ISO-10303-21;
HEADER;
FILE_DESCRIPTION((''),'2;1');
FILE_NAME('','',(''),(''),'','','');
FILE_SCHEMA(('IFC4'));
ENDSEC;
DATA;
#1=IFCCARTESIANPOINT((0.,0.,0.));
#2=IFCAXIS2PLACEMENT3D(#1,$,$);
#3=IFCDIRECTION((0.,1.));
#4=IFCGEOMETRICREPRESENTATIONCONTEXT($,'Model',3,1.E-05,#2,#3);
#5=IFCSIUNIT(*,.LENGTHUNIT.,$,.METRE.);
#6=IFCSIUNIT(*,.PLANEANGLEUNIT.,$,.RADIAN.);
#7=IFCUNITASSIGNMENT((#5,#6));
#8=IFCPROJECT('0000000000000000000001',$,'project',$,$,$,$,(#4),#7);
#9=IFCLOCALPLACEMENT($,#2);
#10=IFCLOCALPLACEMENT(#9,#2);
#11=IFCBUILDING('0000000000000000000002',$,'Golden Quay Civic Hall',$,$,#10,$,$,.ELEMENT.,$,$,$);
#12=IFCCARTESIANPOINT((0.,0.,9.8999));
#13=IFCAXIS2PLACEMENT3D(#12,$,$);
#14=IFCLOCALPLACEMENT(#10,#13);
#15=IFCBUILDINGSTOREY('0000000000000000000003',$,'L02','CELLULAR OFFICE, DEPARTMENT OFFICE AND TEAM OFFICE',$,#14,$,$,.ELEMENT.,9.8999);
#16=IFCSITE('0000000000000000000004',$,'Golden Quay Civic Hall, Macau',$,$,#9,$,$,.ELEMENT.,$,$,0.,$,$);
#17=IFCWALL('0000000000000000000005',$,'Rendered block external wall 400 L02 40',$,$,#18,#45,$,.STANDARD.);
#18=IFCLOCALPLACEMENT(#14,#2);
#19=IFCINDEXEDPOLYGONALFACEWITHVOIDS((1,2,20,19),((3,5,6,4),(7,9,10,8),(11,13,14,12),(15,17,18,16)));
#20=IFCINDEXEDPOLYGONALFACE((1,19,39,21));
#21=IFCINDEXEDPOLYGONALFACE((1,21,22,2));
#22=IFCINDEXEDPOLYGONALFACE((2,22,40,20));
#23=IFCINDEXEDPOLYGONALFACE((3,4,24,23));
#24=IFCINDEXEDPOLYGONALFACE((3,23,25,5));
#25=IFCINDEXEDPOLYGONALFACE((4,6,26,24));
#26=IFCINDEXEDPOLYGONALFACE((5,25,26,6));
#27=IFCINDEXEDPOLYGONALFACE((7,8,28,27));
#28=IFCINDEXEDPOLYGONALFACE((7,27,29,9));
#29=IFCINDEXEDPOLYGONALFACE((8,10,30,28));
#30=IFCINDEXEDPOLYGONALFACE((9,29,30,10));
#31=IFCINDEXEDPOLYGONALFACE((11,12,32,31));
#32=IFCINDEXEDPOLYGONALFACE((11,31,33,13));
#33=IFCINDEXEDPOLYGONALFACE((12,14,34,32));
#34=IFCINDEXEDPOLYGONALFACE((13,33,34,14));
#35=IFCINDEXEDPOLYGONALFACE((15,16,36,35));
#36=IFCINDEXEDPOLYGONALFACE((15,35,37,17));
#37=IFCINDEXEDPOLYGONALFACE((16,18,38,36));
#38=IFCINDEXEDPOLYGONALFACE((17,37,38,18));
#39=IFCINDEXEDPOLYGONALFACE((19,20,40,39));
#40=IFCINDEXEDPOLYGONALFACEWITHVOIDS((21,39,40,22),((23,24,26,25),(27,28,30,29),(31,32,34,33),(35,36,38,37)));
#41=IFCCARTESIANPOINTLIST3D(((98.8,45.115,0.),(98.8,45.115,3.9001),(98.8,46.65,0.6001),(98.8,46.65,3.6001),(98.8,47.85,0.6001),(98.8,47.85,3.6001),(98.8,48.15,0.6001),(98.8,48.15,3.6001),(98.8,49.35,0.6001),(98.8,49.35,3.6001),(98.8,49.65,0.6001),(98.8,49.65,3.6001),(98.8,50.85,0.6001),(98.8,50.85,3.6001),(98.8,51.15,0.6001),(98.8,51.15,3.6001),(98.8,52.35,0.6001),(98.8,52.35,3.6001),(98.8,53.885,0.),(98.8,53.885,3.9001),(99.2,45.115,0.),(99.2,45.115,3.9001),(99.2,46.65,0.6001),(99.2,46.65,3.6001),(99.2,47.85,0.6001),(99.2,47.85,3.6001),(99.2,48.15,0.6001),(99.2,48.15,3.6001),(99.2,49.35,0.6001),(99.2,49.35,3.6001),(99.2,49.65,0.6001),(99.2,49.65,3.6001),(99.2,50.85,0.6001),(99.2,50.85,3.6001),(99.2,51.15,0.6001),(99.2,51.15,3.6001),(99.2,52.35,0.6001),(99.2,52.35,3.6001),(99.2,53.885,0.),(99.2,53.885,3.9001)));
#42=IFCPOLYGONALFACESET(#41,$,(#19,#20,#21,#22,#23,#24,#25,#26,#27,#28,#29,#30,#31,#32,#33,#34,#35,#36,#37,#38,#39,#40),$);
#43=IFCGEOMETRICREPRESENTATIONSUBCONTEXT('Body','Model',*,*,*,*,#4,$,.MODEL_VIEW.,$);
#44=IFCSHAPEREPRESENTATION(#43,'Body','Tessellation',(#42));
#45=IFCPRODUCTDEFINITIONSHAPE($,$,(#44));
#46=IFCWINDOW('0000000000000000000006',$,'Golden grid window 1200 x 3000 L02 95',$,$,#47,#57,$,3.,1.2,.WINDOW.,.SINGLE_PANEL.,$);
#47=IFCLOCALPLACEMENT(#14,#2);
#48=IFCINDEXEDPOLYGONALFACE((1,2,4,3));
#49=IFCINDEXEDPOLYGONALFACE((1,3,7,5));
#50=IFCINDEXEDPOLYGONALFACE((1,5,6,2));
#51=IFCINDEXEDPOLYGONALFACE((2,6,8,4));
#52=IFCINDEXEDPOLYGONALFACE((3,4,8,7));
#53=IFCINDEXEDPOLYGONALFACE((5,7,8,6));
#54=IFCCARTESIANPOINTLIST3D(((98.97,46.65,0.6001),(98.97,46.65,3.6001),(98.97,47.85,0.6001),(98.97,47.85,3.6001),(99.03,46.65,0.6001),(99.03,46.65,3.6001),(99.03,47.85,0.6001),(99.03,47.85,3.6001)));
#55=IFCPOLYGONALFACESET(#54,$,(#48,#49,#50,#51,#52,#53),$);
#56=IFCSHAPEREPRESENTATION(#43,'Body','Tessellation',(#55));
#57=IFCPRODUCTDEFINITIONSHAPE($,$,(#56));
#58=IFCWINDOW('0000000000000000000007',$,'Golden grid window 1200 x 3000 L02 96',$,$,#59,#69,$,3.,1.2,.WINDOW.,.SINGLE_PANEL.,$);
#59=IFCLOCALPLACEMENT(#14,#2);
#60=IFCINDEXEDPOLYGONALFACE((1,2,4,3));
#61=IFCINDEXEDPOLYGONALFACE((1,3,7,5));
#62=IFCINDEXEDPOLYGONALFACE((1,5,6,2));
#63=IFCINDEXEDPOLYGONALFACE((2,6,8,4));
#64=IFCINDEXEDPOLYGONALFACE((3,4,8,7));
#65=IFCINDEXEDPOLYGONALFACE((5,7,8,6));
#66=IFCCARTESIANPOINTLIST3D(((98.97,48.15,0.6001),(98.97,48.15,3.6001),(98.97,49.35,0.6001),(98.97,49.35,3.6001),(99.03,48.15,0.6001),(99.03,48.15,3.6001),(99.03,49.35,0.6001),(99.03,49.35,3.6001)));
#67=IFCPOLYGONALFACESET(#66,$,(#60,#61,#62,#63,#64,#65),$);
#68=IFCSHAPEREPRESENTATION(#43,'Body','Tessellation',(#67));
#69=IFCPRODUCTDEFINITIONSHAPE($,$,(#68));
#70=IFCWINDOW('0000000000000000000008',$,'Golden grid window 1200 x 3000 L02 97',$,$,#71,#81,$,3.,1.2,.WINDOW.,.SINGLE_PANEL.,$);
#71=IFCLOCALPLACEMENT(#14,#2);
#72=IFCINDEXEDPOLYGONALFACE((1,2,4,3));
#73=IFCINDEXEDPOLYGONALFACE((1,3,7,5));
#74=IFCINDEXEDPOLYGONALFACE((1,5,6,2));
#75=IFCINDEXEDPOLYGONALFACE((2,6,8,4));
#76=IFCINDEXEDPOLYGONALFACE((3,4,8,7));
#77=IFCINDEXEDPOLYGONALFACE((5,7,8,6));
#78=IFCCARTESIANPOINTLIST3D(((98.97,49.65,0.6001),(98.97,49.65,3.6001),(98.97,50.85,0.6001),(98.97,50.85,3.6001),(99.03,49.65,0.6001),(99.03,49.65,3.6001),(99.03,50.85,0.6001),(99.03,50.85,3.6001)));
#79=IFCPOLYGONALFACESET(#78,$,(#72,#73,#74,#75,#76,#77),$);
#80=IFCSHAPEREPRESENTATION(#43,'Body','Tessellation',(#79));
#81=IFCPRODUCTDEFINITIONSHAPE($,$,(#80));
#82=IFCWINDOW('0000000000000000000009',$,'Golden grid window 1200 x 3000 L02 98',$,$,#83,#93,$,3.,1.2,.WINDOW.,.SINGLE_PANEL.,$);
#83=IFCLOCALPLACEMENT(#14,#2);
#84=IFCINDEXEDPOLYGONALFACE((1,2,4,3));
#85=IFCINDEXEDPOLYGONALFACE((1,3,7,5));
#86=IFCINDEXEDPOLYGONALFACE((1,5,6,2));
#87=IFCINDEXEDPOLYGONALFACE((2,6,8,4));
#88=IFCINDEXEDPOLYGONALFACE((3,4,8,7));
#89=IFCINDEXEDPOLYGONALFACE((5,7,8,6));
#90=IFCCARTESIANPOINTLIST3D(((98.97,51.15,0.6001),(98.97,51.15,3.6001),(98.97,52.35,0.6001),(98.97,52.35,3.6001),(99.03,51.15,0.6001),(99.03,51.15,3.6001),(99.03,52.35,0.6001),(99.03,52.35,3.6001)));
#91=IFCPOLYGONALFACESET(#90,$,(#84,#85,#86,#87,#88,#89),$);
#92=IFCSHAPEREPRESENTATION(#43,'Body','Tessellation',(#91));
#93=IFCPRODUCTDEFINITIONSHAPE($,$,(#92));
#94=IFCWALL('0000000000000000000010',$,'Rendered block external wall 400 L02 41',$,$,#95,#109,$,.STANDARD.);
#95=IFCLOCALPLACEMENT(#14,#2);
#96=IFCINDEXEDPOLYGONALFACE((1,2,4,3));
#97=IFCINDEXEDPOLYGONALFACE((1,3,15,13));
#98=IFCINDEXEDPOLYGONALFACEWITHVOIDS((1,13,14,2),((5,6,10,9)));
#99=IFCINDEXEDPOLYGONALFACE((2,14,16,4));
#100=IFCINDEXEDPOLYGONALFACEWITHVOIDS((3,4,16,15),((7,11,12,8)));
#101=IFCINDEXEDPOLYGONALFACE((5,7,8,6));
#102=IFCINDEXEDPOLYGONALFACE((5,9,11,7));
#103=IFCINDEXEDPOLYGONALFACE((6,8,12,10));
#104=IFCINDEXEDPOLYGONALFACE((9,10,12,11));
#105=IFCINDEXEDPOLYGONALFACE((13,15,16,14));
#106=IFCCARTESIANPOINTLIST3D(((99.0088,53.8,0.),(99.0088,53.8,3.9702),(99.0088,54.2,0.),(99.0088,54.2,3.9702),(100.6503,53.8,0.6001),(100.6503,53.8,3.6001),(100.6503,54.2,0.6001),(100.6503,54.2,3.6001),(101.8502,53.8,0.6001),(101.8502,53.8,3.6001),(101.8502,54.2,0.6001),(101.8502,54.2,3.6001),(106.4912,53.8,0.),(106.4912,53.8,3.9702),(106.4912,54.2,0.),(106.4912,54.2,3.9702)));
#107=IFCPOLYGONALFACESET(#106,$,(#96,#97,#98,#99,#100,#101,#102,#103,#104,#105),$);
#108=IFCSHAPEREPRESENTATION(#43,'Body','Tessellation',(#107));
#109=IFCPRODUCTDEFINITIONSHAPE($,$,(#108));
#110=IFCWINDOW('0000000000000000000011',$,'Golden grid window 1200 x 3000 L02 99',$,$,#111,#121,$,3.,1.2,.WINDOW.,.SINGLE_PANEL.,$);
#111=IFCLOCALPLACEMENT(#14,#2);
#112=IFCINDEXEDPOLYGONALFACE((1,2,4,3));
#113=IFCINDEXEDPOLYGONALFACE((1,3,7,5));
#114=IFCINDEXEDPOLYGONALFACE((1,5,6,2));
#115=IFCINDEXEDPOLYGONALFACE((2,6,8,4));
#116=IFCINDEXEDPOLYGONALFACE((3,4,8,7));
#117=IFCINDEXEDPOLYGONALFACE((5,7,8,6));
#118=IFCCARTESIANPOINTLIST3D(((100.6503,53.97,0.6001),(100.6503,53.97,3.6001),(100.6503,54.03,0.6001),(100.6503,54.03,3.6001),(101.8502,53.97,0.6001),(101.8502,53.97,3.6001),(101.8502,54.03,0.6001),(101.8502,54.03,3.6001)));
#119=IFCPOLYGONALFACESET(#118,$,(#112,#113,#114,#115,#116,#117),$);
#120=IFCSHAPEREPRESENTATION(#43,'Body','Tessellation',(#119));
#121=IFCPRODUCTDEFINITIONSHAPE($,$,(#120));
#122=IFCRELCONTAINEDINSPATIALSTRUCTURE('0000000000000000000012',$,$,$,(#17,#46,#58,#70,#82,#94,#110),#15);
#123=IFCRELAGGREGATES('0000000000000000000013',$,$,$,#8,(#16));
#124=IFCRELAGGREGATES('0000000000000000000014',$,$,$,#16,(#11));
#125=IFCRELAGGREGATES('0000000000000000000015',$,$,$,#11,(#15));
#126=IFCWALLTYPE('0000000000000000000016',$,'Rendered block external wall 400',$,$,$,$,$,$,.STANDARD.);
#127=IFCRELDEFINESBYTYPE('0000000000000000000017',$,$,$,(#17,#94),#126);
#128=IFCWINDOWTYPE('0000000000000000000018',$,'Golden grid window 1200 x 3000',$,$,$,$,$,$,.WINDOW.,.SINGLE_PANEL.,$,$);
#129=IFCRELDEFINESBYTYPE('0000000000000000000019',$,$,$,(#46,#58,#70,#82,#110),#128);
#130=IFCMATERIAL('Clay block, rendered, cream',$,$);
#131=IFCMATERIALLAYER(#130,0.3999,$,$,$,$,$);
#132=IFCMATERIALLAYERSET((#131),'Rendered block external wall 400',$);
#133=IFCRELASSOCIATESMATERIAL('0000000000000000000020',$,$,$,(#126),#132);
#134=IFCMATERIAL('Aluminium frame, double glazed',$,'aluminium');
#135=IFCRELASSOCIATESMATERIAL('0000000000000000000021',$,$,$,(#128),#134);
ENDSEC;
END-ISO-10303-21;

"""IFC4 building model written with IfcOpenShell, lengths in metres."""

from ifc_helpers import new_model, si_unit, direction, frame, frame_2d, origin, place, context, subcontext, project, spatial, rectangle, extrude, material, layer, layer_set, type_object, element, fill, save


model = new_model("IFC4")

# Units and contexts
model_context = context("Model", 3, precision=1e-05, world=origin(), true_north=direction((0.0, 1.0)))
body_context = subcontext(model_context, "Body", "Model", "MODEL_VIEW")
ifc_project = project(units=[si_unit("LENGTHUNIT", "METRE"), si_unit("PLANEANGLEUNIT", "RADIAN")], contexts=[model_context])

# Site, building, storey
site_placement = place(None, origin())
site = spatial("IfcSite", under=ifc_project, at=site_placement, Name="Golden Quay Civic Hall, Macau", CompositionType="ELEMENT", RefElevation=0.0)
building_placement = place(site_placement, origin())
building = spatial("IfcBuilding", under=site, at=building_placement, Name="Golden Quay Civic Hall", CompositionType="ELEMENT")
storey_placement = place(building_placement, frame((0.0, 0.0, 9.8999)))
storey = spatial("IfcBuildingStorey", under=building, at=storey_placement, Name="L02", Description="CELLULAR OFFICE, DEPARTMENT OFFICE AND TEAM OFFICE", CompositionType="ELEMENT", Elevation=9.8999)

# Wall, openings, windows
ifc_material_1 = material(Name="Clay block, rendered, cream")
ifc_layer_1 = layer(ifc_material_1, 0.3999)
ifc_layer_set_1 = layer_set([ifc_layer_1], Name="Rendered block external wall 400")
wall_type_1 = type_object("IfcWallType", Name="Rendered block external wall 400", PredefinedType="STANDARD", material=ifc_layer_set_1)
wall_1_placement = place(storey_placement, frame((99.0, 45.115, 0.0), z_axis=(0.0, 0.0, 1.0), x_axis=(0.0, 1.0, 0.0)))
wall_1 = element("IfcWall", 1, at=wall_1_placement, inside=storey, type_object=wall_type_1, Name="Rendered block external wall 400 L02 40", PredefinedType="STANDARD", context=body_context, shape_type="SweptSolid", body=[
    extrude(rectangle(XDim=8.77, YDim=0.3999, at=frame_2d((4.385, 0.0))), origin(), (0.0, 0.0, 1.0), 3.9001),
])
opening_1_placement = place(wall_1_placement, frame((1.5349, 0.0, 0.6001)))
opening_1 = element("IfcOpeningElement", 2, at=opening_1_placement, cuts=wall_1, PredefinedType="OPENING", context=body_context, shape_type="SweptSolid", body=[
    extrude(rectangle(XDim=1.2, YDim=3.0, at=frame_2d((0.6001, 1.5))), frame((0.0, 0.21, 0.0), z_axis=(0.0, -1.0, 0.0), x_axis=(1.0, 0.0, 0.0)), (0.0, 0.0, 1.0), 0.4199),
])
opening_2_placement = place(wall_1_placement, frame((3.0349, 0.0, 0.6001)))
opening_2 = element("IfcOpeningElement", 3, at=opening_2_placement, cuts=wall_1, PredefinedType="OPENING", context=body_context, shape_type="SweptSolid", body=[
    extrude(rectangle(XDim=1.2, YDim=3.0, at=frame_2d((0.6001, 1.5))), frame((0.0, 0.21, 0.0), z_axis=(0.0, -1.0, 0.0), x_axis=(1.0, 0.0, 0.0)), (0.0, 0.0, 1.0), 0.4199),
])
opening_3_placement = place(wall_1_placement, frame((4.5349, 0.0, 0.6001)))
opening_3 = element("IfcOpeningElement", 4, at=opening_3_placement, cuts=wall_1, PredefinedType="OPENING", context=body_context, shape_type="SweptSolid", body=[
    extrude(rectangle(XDim=1.2, YDim=3.0, at=frame_2d((0.6001, 1.5))), frame((0.0, 0.21, 0.0), z_axis=(0.0, -1.0, 0.0), x_axis=(1.0, 0.0, 0.0)), (0.0, 0.0, 1.0), 0.4199),
])
opening_4_placement = place(wall_1_placement, frame((6.0349, 0.0, 0.6001)))
opening_4 = element("IfcOpeningElement", 5, at=opening_4_placement, cuts=wall_1, PredefinedType="OPENING", context=body_context, shape_type="SweptSolid", body=[
    extrude(rectangle(XDim=1.2, YDim=3.0, at=frame_2d((0.6001, 1.5))), frame((0.0, 0.21, 0.0), z_axis=(0.0, -1.0, 0.0), x_axis=(1.0, 0.0, 0.0)), (0.0, 0.0, 1.0), 0.4199),
])
ifc_material_2 = material(Name="Aluminium frame, double glazed", Category="aluminium")
window_type = type_object("IfcWindowType", Name="Golden grid window 1200 x 3000", PartitioningType="SINGLE_PANEL", PredefinedType="WINDOW", material=ifc_material_2)
window_1_placement = place(opening_1_placement, origin())
window_1 = element("IfcWindow", 6, at=window_1_placement, inside=storey, type_object=window_type, Name="Golden grid window 1200 x 3000 L02 95", OverallHeight=3.0, OverallWidth=1.2, PartitioningType="SINGLE_PANEL", PredefinedType="WINDOW", context=body_context, shape_type="SweptSolid", body=[
    extrude(rectangle(XDim=1.2, YDim=3.0, at=frame_2d((0.6001, 1.5))), frame((0.0, 0.03, 0.0), z_axis=(0.0, -1.0, 0.0), x_axis=(1.0, 0.0, 0.0)), (0.0, 0.0, 1.0), 0.0601),
])
fill(opening_1, window_1)
window_2_placement = place(opening_2_placement, origin())
window_2 = element("IfcWindow", 7, at=window_2_placement, inside=storey, type_object=window_type, Name="Golden grid window 1200 x 3000 L02 96", OverallHeight=3.0, OverallWidth=1.2, PartitioningType="SINGLE_PANEL", PredefinedType="WINDOW", context=body_context, shape_type="SweptSolid", body=[
    extrude(rectangle(XDim=1.2, YDim=3.0, at=frame_2d((0.6001, 1.5))), frame((0.0, 0.03, 0.0), z_axis=(0.0, -1.0, 0.0), x_axis=(1.0, 0.0, 0.0)), (0.0, 0.0, 1.0), 0.0601),
])
fill(opening_2, window_2)
window_3_placement = place(opening_3_placement, origin())
window_3 = element("IfcWindow", 8, at=window_3_placement, inside=storey, type_object=window_type, Name="Golden grid window 1200 x 3000 L02 97", OverallHeight=3.0, OverallWidth=1.2, PartitioningType="SINGLE_PANEL", PredefinedType="WINDOW", context=body_context, shape_type="SweptSolid", body=[
    extrude(rectangle(XDim=1.2, YDim=3.0, at=frame_2d((0.6001, 1.5))), frame((0.0, 0.03, 0.0), z_axis=(0.0, -1.0, 0.0), x_axis=(1.0, 0.0, 0.0)), (0.0, 0.0, 1.0), 0.0601),
])
fill(opening_3, window_3)
window_4_placement = place(opening_4_placement, origin())
window_4 = element("IfcWindow", 9, at=window_4_placement, inside=storey, type_object=window_type, Name="Golden grid window 1200 x 3000 L02 98", OverallHeight=3.0, OverallWidth=1.2, PartitioningType="SINGLE_PANEL", PredefinedType="WINDOW", context=body_context, shape_type="SweptSolid", body=[
    extrude(rectangle(XDim=1.2, YDim=3.0, at=frame_2d((0.6001, 1.5))), frame((0.0, 0.03, 0.0), z_axis=(0.0, -1.0, 0.0), x_axis=(1.0, 0.0, 0.0)), (0.0, 0.0, 1.0), 0.0601),
])
fill(opening_4, window_4)

# Wall, opening, window
wall_2_placement = place(storey_placement, frame((99.0088, 54.0, 0.0), z_axis=(0.0, 0.0, 1.0), x_axis=(1.0, 0.0, 0.0)))
wall_2 = element("IfcWall", 10, at=wall_2_placement, inside=storey, type_object=wall_type_1, Name="Rendered block external wall 400 L02 41", PredefinedType="STANDARD", context=body_context, shape_type="SweptSolid", body=[
    extrude(rectangle(XDim=7.4824, YDim=0.3999, at=frame_2d((3.7412, 0.0))), origin(), (0.0, 0.0, 1.0), 3.9702),
])
opening_5_placement = place(wall_2_placement, frame((1.6414, 0.0, 0.6001)))
opening_5 = element("IfcOpeningElement", 11, at=opening_5_placement, cuts=wall_2, PredefinedType="OPENING", context=body_context, shape_type="SweptSolid", body=[
    extrude(rectangle(XDim=1.2, YDim=3.0, at=frame_2d((0.6001, 1.5))), frame((0.0, 0.21, 0.0), z_axis=(0.0, -1.0, 0.0), x_axis=(1.0, 0.0, 0.0)), (0.0, 0.0, 1.0), 0.4199),
])
window_5_placement = place(opening_5_placement, origin())
window_5 = element("IfcWindow", 12, at=window_5_placement, inside=storey, type_object=window_type, Name="Golden grid window 1200 x 3000 L02 99", OverallHeight=3.0, OverallWidth=1.2, PartitioningType="SINGLE_PANEL", PredefinedType="WINDOW", context=body_context, shape_type="SweptSolid", body=[
    extrude(rectangle(XDim=1.2, YDim=3.0, at=frame_2d((0.6001, 1.5))), frame((0.0, 0.03, 0.0), z_axis=(0.0, -1.0, 0.0), x_axis=(1.0, 0.0, 0.0)), (0.0, 0.0, 1.0), 0.0601),
])
fill(opening_5, window_5)

save(model, "model.ifc")
